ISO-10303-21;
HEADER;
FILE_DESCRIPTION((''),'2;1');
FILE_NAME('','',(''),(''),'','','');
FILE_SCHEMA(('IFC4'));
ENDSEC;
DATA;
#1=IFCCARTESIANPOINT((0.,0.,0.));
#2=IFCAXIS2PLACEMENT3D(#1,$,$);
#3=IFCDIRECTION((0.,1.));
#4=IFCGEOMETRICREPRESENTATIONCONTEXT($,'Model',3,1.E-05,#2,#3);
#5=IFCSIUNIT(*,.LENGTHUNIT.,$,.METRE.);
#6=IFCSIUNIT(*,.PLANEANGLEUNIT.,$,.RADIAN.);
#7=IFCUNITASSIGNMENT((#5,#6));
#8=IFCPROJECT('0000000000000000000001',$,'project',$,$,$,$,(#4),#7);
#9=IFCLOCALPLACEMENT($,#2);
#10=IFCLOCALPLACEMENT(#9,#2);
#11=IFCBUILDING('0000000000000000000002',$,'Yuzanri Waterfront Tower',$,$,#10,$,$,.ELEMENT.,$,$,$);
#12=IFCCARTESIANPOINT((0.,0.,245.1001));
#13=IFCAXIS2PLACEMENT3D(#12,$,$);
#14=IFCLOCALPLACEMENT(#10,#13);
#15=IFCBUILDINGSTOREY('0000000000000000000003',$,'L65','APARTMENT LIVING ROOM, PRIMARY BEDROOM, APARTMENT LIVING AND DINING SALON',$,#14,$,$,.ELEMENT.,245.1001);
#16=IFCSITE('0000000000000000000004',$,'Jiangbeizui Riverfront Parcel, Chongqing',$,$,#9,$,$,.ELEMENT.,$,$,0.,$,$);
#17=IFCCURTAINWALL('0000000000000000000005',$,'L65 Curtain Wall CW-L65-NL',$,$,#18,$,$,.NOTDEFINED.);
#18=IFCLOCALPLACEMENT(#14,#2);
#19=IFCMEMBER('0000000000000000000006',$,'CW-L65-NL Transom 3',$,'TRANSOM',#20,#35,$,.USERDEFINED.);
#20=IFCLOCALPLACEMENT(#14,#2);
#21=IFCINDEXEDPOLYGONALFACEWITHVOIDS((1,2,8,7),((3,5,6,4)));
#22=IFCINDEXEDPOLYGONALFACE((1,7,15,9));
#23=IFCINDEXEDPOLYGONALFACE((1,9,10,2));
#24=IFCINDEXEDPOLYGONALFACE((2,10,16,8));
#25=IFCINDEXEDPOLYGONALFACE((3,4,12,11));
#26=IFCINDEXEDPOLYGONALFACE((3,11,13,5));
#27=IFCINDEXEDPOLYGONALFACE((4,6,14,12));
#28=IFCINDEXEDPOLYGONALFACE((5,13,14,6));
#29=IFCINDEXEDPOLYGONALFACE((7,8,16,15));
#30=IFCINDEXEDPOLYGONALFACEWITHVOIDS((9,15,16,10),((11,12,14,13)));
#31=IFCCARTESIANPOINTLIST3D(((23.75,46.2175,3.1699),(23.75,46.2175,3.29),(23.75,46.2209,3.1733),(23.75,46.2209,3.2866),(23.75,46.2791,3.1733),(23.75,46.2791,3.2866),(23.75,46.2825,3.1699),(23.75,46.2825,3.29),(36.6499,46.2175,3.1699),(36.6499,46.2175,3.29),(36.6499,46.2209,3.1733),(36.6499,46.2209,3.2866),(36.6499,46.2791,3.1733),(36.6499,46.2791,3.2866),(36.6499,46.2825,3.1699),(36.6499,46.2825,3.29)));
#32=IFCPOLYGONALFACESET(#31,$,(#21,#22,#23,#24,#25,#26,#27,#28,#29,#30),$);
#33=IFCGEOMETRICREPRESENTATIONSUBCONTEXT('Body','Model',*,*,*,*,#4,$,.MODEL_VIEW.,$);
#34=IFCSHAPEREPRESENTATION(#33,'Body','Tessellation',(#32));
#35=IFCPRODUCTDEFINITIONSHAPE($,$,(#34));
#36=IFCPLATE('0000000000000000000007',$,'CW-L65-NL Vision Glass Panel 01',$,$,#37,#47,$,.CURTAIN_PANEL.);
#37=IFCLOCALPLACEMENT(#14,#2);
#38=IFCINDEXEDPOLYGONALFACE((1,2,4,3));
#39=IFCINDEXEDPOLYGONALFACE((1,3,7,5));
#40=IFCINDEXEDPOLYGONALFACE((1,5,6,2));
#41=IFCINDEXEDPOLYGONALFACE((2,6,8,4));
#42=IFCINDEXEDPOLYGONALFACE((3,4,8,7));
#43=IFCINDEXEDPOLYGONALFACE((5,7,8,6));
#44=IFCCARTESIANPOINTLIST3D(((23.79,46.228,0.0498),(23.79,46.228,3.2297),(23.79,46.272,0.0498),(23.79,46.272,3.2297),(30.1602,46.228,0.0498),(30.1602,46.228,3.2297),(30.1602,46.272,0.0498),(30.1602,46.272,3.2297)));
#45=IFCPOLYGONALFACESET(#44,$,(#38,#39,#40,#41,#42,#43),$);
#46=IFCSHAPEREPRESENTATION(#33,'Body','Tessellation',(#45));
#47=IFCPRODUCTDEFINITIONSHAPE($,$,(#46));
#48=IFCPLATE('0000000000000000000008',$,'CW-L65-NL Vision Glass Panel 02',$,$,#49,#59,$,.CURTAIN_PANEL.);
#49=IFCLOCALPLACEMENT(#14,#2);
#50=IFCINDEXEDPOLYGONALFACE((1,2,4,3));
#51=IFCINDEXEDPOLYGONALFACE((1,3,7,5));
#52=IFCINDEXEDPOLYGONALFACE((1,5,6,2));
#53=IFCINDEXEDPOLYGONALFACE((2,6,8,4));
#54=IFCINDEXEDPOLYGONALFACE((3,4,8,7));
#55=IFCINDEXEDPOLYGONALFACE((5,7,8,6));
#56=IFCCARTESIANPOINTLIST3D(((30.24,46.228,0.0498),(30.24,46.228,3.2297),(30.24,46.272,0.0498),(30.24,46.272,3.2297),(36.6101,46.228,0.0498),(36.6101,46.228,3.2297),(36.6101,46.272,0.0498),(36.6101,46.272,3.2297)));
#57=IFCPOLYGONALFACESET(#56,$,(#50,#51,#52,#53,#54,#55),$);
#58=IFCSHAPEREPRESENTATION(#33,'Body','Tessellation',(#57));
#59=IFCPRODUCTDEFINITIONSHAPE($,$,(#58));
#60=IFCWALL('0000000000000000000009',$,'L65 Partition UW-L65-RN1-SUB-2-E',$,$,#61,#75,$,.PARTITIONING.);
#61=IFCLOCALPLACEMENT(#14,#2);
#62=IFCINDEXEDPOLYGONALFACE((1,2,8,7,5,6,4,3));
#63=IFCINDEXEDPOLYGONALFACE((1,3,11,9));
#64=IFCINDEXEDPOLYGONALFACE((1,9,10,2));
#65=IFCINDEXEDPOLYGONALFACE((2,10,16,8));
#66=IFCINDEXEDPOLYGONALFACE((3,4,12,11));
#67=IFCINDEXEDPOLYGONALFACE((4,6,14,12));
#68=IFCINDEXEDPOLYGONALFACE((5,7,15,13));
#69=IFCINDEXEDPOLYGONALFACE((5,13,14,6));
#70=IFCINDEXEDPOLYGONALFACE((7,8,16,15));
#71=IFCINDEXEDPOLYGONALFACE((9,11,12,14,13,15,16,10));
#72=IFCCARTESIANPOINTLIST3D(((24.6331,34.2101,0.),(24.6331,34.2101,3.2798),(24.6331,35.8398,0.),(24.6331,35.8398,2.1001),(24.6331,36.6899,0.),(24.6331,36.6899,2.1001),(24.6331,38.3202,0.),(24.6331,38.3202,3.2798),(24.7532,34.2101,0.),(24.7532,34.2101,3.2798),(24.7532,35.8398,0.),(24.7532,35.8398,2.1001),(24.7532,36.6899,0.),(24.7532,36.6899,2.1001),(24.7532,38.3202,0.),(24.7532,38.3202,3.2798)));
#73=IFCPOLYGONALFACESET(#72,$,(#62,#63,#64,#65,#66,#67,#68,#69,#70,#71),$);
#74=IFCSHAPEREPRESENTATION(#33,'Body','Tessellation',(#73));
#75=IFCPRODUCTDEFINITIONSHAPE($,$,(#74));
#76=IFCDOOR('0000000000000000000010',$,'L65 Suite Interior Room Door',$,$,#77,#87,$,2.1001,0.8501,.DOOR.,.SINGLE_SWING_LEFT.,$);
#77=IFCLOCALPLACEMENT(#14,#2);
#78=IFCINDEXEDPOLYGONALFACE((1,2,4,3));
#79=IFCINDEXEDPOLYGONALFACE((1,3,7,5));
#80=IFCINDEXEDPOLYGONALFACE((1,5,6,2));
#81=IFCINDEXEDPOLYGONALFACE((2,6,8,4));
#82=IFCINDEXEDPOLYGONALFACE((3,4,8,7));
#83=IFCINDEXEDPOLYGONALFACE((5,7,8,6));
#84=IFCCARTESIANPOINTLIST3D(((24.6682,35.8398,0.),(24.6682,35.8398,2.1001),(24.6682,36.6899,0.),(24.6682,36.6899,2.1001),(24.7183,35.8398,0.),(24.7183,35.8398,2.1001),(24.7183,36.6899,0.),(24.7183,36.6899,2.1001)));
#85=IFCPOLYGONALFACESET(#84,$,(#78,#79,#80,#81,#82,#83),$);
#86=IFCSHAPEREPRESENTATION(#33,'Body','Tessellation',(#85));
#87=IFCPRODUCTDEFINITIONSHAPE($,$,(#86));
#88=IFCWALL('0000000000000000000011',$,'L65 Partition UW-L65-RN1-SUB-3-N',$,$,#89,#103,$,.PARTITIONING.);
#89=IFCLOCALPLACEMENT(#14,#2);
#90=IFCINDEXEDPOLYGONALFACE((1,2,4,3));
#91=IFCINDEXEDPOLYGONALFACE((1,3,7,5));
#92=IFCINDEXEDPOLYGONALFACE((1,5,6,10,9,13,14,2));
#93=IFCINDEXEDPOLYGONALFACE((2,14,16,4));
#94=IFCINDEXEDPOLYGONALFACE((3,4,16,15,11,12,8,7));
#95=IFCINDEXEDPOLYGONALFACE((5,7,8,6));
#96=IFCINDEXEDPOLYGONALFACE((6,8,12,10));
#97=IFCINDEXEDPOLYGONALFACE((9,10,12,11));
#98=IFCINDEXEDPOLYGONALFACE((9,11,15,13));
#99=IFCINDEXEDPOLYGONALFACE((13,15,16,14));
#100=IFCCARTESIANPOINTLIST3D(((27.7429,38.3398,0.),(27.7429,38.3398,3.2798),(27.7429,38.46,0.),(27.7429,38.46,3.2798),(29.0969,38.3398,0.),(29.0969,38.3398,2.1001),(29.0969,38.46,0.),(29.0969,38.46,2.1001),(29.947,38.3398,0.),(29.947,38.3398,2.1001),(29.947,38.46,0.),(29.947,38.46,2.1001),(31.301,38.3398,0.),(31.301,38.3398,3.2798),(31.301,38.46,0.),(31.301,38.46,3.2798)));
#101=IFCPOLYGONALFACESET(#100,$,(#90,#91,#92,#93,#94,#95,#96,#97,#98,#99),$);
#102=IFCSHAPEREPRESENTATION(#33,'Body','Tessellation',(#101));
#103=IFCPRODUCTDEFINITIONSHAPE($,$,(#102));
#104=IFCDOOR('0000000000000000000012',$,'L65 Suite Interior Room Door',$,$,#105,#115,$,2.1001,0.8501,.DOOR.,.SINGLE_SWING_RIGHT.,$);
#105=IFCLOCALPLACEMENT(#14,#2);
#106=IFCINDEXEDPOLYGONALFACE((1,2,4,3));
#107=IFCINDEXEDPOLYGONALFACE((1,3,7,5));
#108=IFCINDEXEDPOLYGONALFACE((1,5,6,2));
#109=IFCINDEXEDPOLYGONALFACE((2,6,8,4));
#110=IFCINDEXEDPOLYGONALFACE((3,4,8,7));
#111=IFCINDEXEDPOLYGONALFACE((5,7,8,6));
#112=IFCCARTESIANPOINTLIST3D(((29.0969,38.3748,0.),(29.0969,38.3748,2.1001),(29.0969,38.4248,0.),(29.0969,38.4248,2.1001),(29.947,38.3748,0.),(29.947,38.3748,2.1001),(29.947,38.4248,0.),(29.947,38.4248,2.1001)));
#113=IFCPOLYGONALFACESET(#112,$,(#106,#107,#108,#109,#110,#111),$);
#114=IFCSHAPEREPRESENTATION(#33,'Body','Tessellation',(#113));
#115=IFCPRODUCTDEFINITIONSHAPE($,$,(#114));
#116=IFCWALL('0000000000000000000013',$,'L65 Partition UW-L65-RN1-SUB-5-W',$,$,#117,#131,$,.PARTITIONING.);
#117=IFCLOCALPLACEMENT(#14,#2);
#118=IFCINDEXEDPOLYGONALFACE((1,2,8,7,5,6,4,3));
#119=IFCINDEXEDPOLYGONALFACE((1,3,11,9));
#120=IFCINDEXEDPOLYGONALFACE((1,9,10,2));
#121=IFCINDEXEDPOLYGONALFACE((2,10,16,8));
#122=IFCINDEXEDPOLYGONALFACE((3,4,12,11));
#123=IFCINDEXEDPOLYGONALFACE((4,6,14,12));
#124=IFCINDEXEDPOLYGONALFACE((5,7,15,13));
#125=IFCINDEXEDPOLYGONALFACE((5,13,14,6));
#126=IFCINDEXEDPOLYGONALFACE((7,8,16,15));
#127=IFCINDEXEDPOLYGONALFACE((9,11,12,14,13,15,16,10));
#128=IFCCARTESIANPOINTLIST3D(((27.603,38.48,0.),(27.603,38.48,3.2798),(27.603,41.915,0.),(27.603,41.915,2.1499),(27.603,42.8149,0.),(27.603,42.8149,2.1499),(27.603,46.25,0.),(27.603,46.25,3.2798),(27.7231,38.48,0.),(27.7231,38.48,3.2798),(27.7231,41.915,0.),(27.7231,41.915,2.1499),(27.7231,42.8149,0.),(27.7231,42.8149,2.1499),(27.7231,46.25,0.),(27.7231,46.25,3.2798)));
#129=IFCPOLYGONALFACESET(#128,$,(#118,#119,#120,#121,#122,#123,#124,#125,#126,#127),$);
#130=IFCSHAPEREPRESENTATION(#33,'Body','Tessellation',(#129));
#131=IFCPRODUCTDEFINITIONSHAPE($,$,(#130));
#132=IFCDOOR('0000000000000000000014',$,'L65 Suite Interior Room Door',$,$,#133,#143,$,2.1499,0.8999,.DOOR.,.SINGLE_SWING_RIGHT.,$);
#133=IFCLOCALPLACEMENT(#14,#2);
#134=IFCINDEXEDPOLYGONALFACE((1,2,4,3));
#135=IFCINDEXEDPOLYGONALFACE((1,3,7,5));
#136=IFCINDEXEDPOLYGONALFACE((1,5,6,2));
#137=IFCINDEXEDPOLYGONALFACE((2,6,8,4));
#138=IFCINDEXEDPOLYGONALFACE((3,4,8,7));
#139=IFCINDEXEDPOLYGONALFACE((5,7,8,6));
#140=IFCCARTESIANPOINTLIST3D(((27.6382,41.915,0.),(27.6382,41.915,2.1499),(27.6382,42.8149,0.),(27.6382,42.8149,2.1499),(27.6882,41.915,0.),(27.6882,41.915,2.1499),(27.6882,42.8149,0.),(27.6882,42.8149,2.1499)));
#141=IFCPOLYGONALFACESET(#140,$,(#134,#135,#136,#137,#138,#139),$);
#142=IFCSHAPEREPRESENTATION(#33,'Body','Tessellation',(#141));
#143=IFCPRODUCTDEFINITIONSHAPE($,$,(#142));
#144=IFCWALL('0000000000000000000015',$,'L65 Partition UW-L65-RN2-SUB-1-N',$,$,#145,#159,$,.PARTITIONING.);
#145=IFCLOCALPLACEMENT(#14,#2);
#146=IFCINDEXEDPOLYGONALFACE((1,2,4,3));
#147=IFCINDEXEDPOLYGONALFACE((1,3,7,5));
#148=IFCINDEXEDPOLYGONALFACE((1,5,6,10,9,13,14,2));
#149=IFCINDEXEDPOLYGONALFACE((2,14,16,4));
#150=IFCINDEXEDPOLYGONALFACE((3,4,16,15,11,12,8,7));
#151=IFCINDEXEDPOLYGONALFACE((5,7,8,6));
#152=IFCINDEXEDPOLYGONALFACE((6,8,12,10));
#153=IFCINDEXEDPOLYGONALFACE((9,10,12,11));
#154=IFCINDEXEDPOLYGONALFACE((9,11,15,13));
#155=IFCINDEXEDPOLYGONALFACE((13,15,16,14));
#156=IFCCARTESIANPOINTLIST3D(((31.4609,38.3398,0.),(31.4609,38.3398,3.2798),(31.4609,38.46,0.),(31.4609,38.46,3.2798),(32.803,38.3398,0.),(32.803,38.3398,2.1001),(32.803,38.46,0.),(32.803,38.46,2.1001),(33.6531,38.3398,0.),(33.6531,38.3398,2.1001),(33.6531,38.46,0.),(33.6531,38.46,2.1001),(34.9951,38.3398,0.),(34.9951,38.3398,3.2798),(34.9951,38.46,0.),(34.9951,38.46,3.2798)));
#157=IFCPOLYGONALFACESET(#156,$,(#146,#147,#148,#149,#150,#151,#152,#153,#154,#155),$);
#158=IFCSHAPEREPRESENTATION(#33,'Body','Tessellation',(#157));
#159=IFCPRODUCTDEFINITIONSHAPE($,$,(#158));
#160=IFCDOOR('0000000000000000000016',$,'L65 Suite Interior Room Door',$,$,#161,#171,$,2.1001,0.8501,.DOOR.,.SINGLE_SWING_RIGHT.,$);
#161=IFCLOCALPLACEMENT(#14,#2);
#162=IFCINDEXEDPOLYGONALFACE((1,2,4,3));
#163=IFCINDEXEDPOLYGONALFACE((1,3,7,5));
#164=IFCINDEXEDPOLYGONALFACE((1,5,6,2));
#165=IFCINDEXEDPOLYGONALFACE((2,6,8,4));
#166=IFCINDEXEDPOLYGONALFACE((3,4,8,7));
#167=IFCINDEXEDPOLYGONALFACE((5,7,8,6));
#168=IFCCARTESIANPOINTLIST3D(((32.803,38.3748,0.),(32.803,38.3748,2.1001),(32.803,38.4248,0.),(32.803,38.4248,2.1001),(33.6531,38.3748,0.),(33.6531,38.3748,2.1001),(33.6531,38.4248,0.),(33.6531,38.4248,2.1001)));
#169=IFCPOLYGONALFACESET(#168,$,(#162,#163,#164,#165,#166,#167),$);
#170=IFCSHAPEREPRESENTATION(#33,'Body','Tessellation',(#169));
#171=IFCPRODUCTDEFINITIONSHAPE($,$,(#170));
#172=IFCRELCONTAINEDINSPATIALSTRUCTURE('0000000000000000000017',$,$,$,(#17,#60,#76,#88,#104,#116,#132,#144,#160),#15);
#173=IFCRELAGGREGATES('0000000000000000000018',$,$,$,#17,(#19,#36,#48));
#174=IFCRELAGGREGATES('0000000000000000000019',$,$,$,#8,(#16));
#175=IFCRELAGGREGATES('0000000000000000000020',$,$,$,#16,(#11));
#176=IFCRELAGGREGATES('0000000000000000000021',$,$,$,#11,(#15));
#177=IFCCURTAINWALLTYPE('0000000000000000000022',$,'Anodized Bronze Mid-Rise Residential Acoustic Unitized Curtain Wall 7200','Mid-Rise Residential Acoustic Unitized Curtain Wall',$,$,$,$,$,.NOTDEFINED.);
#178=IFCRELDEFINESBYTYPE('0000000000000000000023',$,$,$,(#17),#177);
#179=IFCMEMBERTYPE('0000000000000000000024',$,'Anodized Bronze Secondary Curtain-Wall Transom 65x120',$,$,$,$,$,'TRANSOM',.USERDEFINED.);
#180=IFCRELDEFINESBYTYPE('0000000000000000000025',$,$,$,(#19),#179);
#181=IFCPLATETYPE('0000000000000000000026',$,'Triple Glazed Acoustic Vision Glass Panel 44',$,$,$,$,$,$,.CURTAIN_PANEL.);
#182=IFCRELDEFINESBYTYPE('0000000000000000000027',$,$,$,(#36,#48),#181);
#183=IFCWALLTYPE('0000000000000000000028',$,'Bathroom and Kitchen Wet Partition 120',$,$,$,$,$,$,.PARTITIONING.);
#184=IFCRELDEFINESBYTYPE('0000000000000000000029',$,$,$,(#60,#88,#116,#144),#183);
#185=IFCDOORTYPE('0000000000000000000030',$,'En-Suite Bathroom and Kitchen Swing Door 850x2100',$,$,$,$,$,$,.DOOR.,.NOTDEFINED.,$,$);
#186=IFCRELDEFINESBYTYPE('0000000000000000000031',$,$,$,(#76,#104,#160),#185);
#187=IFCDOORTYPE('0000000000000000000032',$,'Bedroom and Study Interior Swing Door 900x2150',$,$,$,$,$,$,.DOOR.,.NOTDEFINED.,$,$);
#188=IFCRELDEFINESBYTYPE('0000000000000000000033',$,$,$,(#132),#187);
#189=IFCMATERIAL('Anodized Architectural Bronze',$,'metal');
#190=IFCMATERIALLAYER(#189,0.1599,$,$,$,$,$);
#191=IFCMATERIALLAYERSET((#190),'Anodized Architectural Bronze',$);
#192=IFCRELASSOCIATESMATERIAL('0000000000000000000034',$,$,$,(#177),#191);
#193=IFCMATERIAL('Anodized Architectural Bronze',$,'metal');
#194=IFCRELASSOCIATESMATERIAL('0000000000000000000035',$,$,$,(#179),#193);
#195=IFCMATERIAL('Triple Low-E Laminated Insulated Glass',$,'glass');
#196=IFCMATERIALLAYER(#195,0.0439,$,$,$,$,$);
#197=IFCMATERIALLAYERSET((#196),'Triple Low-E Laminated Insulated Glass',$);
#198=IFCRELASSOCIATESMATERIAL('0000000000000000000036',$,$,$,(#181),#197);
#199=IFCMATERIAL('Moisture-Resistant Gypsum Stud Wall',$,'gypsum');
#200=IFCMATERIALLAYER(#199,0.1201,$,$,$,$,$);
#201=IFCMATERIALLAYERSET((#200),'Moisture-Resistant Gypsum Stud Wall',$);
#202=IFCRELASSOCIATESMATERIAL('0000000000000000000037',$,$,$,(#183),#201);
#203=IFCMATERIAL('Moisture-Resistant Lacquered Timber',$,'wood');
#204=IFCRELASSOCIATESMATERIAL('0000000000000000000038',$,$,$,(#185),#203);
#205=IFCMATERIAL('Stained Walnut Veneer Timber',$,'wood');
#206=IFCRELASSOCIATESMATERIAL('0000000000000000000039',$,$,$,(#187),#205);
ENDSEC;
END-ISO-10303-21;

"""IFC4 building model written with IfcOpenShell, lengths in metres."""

from ifc_helpers import new_model, si_unit, direction, frame, frame_2d, origin, origin_2d, place, context, subcontext, project, spatial, rectangle, hollow_rectangle, extrude, source, transform, mapped, material, layer, layer_set, material_profile, profile_set, type_object, element, fill, aggregate, save


model = new_model("IFC4")

# Units and contexts
model_context = context("Model", 3, precision=1e-05, world=origin(), true_north=direction((0.0, 1.0)))
body_context = subcontext(model_context, "Body", "Model", "MODEL_VIEW")
ifc_project = project(units=[si_unit("LENGTHUNIT", "METRE"), si_unit("PLANEANGLEUNIT", "RADIAN")], contexts=[model_context])

# Site, building, storey
site_placement = place(None, origin())
site = spatial("IfcSite", under=ifc_project, at=site_placement, Name="Jiangbeizui Riverfront Parcel, Chongqing", CompositionType="ELEMENT", RefElevation=0.0)
building_placement = place(site_placement, origin())
building = spatial("IfcBuilding", under=site, at=building_placement, Name="Yuzanri Waterfront Tower", CompositionType="ELEMENT")
storey_placement = place(building_placement, frame((0.0, 0.0, 245.1001)))
storey = spatial("IfcBuildingStorey", under=building, at=storey_placement, Name="L65", Description="APARTMENT LIVING ROOM, PRIMARY BEDROOM, APARTMENT LIVING AND DINING SALON", CompositionType="ELEMENT", Elevation=245.1001)

# Curtain wall, member, plates
ifc_material_1 = material(Name="Anodized Architectural Bronze", Category="metal")
ifc_layer_1 = layer(ifc_material_1, 0.1599)
ifc_layer_set_1 = layer_set([ifc_layer_1], Name="Anodized Architectural Bronze")
curtain_wall_type = type_object("IfcCurtainWallType", Name="Anodized Bronze Mid-Rise Residential Acoustic Unitized Curtain Wall 7200", Description="Mid-Rise Residential Acoustic Unitized Curtain Wall", PredefinedType="NOTDEFINED", material=ifc_layer_set_1)
curtain_wall_placement = place(storey_placement, origin())
curtain_wall = element("IfcCurtainWall", 1, at=curtain_wall_placement, inside=storey, type_object=curtain_wall_type, Name="L65 Curtain Wall CW-L65-NL", PredefinedType="NOTDEFINED")
ifc_material_2 = material(Name="Anodized Architectural Bronze", Category="metal")
ifc_material_profile_1 = material_profile(ifc_material_2, hollow_rectangle(XDim=0.0649, YDim=0.1201, WallThickness=0.0034, at=origin_2d()), Name="CWT 65x120")
ifc_profile_set_1 = profile_set([ifc_material_profile_1], Name="Anodized Architectural Bronze")
member_type_1 = type_object("IfcMemberType", Name="Anodized Bronze Secondary Curtain-Wall Transom 65x120", ElementType="TRANSOM", PredefinedType="USERDEFINED", material=ifc_profile_set_1)
shared_shape_1 = source(origin(), body_context, "Body", "SweptSolid", [
    extrude(hollow_rectangle(XDim=0.0649, YDim=0.1201, WallThickness=0.0034, at=origin_2d()), origin(), (0.0, 0.0, 1.0), 12.8999),
])
member_1_placement = place(storey_placement, frame((23.75, 46.25, 3.23), z_axis=(1.0, 0.0, 0.0), x_axis=(0.0, 1.0, 0.0)))
member_1 = element("IfcMember", 2, at=member_1_placement, type_object=member_type_1, Name="CW-L65-NL Transom 3", ObjectType="TRANSOM", PredefinedType="USERDEFINED", context=body_context, shape_type="MappedRepresentation", body=[
    mapped(shared_shape_1, transform((0.0, 0.0, 0.0), scale=1.0)),
])
ifc_material_3 = material(Name="Triple Low-E Laminated Insulated Glass", Category="glass")
ifc_layer_2 = layer(ifc_material_3, 0.0439)
ifc_layer_set_2 = layer_set([ifc_layer_2], Name="Triple Low-E Laminated Insulated Glass")
plate_type = type_object("IfcPlateType", Name="Triple Glazed Acoustic Vision Glass Panel 44", PredefinedType="CURTAIN_PANEL", material=ifc_layer_set_2)
shared_shape_2 = source(origin(), body_context, "Body", "SweptSolid", [
    extrude(rectangle(XDim=6.3701, YDim=0.0439, at=origin_2d()), origin(), (0.0, 0.0, 1.0), 3.1799),
])
plate_1_placement = place(storey_placement, frame((26.9751, 46.25, 0.0498), z_axis=(0.0, 0.0, 1.0), x_axis=(1.0, 0.0, 0.0)))
plate_1 = element("IfcPlate", 3, at=plate_1_placement, type_object=plate_type, Name="CW-L65-NL Vision Glass Panel 01", PredefinedType="CURTAIN_PANEL", context=body_context, shape_type="MappedRepresentation", body=[
    mapped(shared_shape_2, transform((0.0, 0.0, 0.0), scale=1.0)),
])
plate_2_placement = place(storey_placement, frame((33.425, 46.25, 0.0498), z_axis=(0.0, 0.0, 1.0), x_axis=(1.0, 0.0, 0.0)))
plate_2 = element("IfcPlate", 4, at=plate_2_placement, type_object=plate_type, Name="CW-L65-NL Vision Glass Panel 02", PredefinedType="CURTAIN_PANEL", context=body_context, shape_type="MappedRepresentation", body=[
    mapped(shared_shape_2, transform((0.0, 0.0, 0.0), scale=1.0)),
])
aggregate(curtain_wall, [member_1, plate_1, plate_2])

# Walls, openings, doors
ifc_material_4 = material(Name="Moisture-Resistant Gypsum Stud Wall", Category="gypsum")
ifc_layer_3 = layer(ifc_material_4, 0.1201)
ifc_layer_set_3 = layer_set([ifc_layer_3], Name="Moisture-Resistant Gypsum Stud Wall")
wall_type_1 = type_object("IfcWallType", Name="Bathroom and Kitchen Wet Partition 120", PredefinedType="PARTITIONING", material=ifc_layer_set_3)
wall_1_placement = place(storey_placement, frame((24.6931, 34.21, 0.0), z_axis=(0.0, 0.0, 1.0), x_axis=(0.0, 1.0, 0.0)))
wall_1 = element("IfcWall", 5, at=wall_1_placement, inside=storey, type_object=wall_type_1, Name="L65 Partition UW-L65-RN1-SUB-2-E", PredefinedType="PARTITIONING", context=body_context, shape_type="SweptSolid", body=[
    extrude(rectangle(XDim=4.1101, YDim=0.1201, at=frame_2d((2.0552, 0.0))), origin(), (0.0, 0.0, 1.0), 3.2798),
])
opening_1_placement = place(wall_1_placement, frame((1.6299, 0.0, 0.0)))
opening_1 = element("IfcOpeningElement", 6, at=opening_1_placement, cuts=wall_1, PredefinedType="OPENING", context=body_context, shape_type="SweptSolid", body=[
    extrude(rectangle(XDim=0.8501, YDim=2.1001, at=frame_2d((0.425, 1.05))), frame((0.0, 0.075, 0.0), z_axis=(0.0, -1.0, 0.0), x_axis=(1.0, 0.0, 0.0)), (0.0, 0.0, 1.0), 0.1499),
])
ifc_material_5 = material(Name="Moisture-Resistant Lacquered Timber", Category="wood")
door_type_1 = type_object("IfcDoorType", Name="En-Suite Bathroom and Kitchen Swing Door 850x2100", OperationType="NOTDEFINED", PredefinedType="DOOR", material=ifc_material_5)
shared_shape_3 = source(origin(), body_context, "Body", "SweptSolid", [
    extrude(rectangle(XDim=0.8501, YDim=2.1001, at=frame_2d((0.425, 1.05))), frame((0.0, 0.0249, 0.0), z_axis=(0.0, -1.0, 0.0), x_axis=(1.0, 0.0, 0.0)), (0.0, 0.0, 1.0), 0.05),
])
door_1_placement = place(opening_1_placement, origin())
door_1 = element("IfcDoor", 7, at=door_1_placement, inside=storey, type_object=door_type_1, Name="L65 Suite Interior Room Door", OperationType="SINGLE_SWING_LEFT", OverallHeight=2.1001, OverallWidth=0.8501, PredefinedType="DOOR", context=body_context, shape_type="MappedRepresentation", body=[
    mapped(shared_shape_3, transform((0.0, 0.0, 0.0), scale=1.0)),
])
fill(opening_1, door_1)
wall_2_placement = place(storey_placement, frame((27.7429, 38.3999, 0.0), z_axis=(0.0, 0.0, 1.0), x_axis=(1.0, 0.0, 0.0)))
wall_2 = element("IfcWall", 8, at=wall_2_placement, inside=storey, type_object=wall_type_1, Name="L65 Partition UW-L65-RN1-SUB-3-N", PredefinedType="PARTITIONING", context=body_context, shape_type="SweptSolid", body=[
    extrude(rectangle(XDim=3.5581, YDim=0.1201, at=frame_2d((1.7791, 0.0))), origin(), (0.0, 0.0, 1.0), 3.2798),
])
opening_2_placement = place(wall_2_placement, frame((1.354, 0.0, 0.0)))
opening_2 = element("IfcOpeningElement", 9, at=opening_2_placement, cuts=wall_2, PredefinedType="OPENING", context=body_context, shape_type="SweptSolid", body=[
    extrude(rectangle(XDim=0.8501, YDim=2.1001, at=frame_2d((0.425, 1.05))), frame((0.0, 0.075, 0.0), z_axis=(0.0, -1.0, 0.0), x_axis=(1.0, 0.0, 0.0)), (0.0, 0.0, 1.0), 0.1499),
])
door_2_placement = place(opening_2_placement, origin())
door_2 = element("IfcDoor", 10, at=door_2_placement, inside=storey, type_object=door_type_1, Name="L65 Suite Interior Room Door", OperationType="SINGLE_SWING_RIGHT", OverallHeight=2.1001, OverallWidth=0.8501, PredefinedType="DOOR", context=body_context, shape_type="MappedRepresentation", body=[
    mapped(shared_shape_3, transform((0.0, 0.0, 0.0), scale=1.0)),
])
fill(opening_2, door_2)
wall_3_placement = place(storey_placement, frame((27.6631, 38.48, 0.0), z_axis=(0.0, 0.0, 1.0), x_axis=(0.0, 1.0, 0.0)))
wall_3 = element("IfcWall", 11, at=wall_3_placement, inside=storey, type_object=wall_type_1, Name="L65 Partition UW-L65-RN1-SUB-5-W", PredefinedType="PARTITIONING", context=body_context, shape_type="SweptSolid", body=[
    extrude(rectangle(XDim=7.77, YDim=0.1201, at=frame_2d((3.885, 0.0))), origin(), (0.0, 0.0, 1.0), 3.2798),
])
opening_3_placement = place(wall_3_placement, frame((3.4351, 0.0, 0.0)))
opening_3 = element("IfcOpeningElement", 12, at=opening_3_placement, cuts=wall_3, PredefinedType="OPENING", context=body_context, shape_type="SweptSolid", body=[
    extrude(rectangle(XDim=0.8999, YDim=2.1499, at=frame_2d((0.45, 1.075))), frame((0.0, 0.075, 0.0), z_axis=(0.0, -1.0, 0.0), x_axis=(1.0, 0.0, 0.0)), (0.0, 0.0, 1.0), 0.1499),
])
ifc_material_6 = material(Name="Stained Walnut Veneer Timber", Category="wood")
door_type_2 = type_object("IfcDoorType", Name="Bedroom and Study Interior Swing Door 900x2150", OperationType="NOTDEFINED", PredefinedType="DOOR", material=ifc_material_6)
shared_shape_4 = source(origin(), body_context, "Body", "SweptSolid", [
    extrude(rectangle(XDim=0.8999, YDim=2.1499, at=frame_2d((0.45, 1.075))), frame((0.0, 0.0249, 0.0), z_axis=(0.0, -1.0, 0.0), x_axis=(1.0, 0.0, 0.0)), (0.0, 0.0, 1.0), 0.05),
])
door_3_placement = place(opening_3_placement, origin())
door_3 = element("IfcDoor", 13, at=door_3_placement, inside=storey, type_object=door_type_2, Name="L65 Suite Interior Room Door", OperationType="SINGLE_SWING_RIGHT", OverallHeight=2.1499, OverallWidth=0.8999, PredefinedType="DOOR", context=body_context, shape_type="MappedRepresentation", body=[
    mapped(shared_shape_4, transform((0.0, 0.0, 0.0), scale=1.0)),
])
fill(opening_3, door_3)
wall_4_placement = place(storey_placement, frame((31.4609, 38.3999, 0.0), z_axis=(0.0, 0.0, 1.0), x_axis=(1.0, 0.0, 0.0)))
wall_4 = element("IfcWall", 14, at=wall_4_placement, inside=storey, type_object=wall_type_1, Name="L65 Partition UW-L65-RN2-SUB-1-N", PredefinedType="PARTITIONING", context=body_context, shape_type="SweptSolid", body=[
    extrude(rectangle(XDim=3.5342, YDim=0.1201, at=frame_2d((1.7671, 0.0))), origin(), (0.0, 0.0, 1.0), 3.2798),
])
opening_4_placement = place(wall_4_placement, frame((1.342, 0.0, 0.0)))
opening_4 = element("IfcOpeningElement", 15, at=opening_4_placement, cuts=wall_4, PredefinedType="OPENING", context=body_context, shape_type="SweptSolid", body=[
    extrude(rectangle(XDim=0.8501, YDim=2.1001, at=frame_2d((0.425, 1.05))), frame((0.0, 0.075, 0.0), z_axis=(0.0, -1.0, 0.0), x_axis=(1.0, 0.0, 0.0)), (0.0, 0.0, 1.0), 0.1499),
])
door_4_placement = place(opening_4_placement, origin())
door_4 = element("IfcDoor", 16, at=door_4_placement, inside=storey, type_object=door_type_1, Name="L65 Suite Interior Room Door", OperationType="SINGLE_SWING_RIGHT", OverallHeight=2.1001, OverallWidth=0.8501, PredefinedType="DOOR", context=body_context, shape_type="MappedRepresentation", body=[
    mapped(shared_shape_3, transform((0.0, 0.0, 0.0), scale=1.0)),
])
fill(opening_4, door_4)

save(model, "model.ifc")
